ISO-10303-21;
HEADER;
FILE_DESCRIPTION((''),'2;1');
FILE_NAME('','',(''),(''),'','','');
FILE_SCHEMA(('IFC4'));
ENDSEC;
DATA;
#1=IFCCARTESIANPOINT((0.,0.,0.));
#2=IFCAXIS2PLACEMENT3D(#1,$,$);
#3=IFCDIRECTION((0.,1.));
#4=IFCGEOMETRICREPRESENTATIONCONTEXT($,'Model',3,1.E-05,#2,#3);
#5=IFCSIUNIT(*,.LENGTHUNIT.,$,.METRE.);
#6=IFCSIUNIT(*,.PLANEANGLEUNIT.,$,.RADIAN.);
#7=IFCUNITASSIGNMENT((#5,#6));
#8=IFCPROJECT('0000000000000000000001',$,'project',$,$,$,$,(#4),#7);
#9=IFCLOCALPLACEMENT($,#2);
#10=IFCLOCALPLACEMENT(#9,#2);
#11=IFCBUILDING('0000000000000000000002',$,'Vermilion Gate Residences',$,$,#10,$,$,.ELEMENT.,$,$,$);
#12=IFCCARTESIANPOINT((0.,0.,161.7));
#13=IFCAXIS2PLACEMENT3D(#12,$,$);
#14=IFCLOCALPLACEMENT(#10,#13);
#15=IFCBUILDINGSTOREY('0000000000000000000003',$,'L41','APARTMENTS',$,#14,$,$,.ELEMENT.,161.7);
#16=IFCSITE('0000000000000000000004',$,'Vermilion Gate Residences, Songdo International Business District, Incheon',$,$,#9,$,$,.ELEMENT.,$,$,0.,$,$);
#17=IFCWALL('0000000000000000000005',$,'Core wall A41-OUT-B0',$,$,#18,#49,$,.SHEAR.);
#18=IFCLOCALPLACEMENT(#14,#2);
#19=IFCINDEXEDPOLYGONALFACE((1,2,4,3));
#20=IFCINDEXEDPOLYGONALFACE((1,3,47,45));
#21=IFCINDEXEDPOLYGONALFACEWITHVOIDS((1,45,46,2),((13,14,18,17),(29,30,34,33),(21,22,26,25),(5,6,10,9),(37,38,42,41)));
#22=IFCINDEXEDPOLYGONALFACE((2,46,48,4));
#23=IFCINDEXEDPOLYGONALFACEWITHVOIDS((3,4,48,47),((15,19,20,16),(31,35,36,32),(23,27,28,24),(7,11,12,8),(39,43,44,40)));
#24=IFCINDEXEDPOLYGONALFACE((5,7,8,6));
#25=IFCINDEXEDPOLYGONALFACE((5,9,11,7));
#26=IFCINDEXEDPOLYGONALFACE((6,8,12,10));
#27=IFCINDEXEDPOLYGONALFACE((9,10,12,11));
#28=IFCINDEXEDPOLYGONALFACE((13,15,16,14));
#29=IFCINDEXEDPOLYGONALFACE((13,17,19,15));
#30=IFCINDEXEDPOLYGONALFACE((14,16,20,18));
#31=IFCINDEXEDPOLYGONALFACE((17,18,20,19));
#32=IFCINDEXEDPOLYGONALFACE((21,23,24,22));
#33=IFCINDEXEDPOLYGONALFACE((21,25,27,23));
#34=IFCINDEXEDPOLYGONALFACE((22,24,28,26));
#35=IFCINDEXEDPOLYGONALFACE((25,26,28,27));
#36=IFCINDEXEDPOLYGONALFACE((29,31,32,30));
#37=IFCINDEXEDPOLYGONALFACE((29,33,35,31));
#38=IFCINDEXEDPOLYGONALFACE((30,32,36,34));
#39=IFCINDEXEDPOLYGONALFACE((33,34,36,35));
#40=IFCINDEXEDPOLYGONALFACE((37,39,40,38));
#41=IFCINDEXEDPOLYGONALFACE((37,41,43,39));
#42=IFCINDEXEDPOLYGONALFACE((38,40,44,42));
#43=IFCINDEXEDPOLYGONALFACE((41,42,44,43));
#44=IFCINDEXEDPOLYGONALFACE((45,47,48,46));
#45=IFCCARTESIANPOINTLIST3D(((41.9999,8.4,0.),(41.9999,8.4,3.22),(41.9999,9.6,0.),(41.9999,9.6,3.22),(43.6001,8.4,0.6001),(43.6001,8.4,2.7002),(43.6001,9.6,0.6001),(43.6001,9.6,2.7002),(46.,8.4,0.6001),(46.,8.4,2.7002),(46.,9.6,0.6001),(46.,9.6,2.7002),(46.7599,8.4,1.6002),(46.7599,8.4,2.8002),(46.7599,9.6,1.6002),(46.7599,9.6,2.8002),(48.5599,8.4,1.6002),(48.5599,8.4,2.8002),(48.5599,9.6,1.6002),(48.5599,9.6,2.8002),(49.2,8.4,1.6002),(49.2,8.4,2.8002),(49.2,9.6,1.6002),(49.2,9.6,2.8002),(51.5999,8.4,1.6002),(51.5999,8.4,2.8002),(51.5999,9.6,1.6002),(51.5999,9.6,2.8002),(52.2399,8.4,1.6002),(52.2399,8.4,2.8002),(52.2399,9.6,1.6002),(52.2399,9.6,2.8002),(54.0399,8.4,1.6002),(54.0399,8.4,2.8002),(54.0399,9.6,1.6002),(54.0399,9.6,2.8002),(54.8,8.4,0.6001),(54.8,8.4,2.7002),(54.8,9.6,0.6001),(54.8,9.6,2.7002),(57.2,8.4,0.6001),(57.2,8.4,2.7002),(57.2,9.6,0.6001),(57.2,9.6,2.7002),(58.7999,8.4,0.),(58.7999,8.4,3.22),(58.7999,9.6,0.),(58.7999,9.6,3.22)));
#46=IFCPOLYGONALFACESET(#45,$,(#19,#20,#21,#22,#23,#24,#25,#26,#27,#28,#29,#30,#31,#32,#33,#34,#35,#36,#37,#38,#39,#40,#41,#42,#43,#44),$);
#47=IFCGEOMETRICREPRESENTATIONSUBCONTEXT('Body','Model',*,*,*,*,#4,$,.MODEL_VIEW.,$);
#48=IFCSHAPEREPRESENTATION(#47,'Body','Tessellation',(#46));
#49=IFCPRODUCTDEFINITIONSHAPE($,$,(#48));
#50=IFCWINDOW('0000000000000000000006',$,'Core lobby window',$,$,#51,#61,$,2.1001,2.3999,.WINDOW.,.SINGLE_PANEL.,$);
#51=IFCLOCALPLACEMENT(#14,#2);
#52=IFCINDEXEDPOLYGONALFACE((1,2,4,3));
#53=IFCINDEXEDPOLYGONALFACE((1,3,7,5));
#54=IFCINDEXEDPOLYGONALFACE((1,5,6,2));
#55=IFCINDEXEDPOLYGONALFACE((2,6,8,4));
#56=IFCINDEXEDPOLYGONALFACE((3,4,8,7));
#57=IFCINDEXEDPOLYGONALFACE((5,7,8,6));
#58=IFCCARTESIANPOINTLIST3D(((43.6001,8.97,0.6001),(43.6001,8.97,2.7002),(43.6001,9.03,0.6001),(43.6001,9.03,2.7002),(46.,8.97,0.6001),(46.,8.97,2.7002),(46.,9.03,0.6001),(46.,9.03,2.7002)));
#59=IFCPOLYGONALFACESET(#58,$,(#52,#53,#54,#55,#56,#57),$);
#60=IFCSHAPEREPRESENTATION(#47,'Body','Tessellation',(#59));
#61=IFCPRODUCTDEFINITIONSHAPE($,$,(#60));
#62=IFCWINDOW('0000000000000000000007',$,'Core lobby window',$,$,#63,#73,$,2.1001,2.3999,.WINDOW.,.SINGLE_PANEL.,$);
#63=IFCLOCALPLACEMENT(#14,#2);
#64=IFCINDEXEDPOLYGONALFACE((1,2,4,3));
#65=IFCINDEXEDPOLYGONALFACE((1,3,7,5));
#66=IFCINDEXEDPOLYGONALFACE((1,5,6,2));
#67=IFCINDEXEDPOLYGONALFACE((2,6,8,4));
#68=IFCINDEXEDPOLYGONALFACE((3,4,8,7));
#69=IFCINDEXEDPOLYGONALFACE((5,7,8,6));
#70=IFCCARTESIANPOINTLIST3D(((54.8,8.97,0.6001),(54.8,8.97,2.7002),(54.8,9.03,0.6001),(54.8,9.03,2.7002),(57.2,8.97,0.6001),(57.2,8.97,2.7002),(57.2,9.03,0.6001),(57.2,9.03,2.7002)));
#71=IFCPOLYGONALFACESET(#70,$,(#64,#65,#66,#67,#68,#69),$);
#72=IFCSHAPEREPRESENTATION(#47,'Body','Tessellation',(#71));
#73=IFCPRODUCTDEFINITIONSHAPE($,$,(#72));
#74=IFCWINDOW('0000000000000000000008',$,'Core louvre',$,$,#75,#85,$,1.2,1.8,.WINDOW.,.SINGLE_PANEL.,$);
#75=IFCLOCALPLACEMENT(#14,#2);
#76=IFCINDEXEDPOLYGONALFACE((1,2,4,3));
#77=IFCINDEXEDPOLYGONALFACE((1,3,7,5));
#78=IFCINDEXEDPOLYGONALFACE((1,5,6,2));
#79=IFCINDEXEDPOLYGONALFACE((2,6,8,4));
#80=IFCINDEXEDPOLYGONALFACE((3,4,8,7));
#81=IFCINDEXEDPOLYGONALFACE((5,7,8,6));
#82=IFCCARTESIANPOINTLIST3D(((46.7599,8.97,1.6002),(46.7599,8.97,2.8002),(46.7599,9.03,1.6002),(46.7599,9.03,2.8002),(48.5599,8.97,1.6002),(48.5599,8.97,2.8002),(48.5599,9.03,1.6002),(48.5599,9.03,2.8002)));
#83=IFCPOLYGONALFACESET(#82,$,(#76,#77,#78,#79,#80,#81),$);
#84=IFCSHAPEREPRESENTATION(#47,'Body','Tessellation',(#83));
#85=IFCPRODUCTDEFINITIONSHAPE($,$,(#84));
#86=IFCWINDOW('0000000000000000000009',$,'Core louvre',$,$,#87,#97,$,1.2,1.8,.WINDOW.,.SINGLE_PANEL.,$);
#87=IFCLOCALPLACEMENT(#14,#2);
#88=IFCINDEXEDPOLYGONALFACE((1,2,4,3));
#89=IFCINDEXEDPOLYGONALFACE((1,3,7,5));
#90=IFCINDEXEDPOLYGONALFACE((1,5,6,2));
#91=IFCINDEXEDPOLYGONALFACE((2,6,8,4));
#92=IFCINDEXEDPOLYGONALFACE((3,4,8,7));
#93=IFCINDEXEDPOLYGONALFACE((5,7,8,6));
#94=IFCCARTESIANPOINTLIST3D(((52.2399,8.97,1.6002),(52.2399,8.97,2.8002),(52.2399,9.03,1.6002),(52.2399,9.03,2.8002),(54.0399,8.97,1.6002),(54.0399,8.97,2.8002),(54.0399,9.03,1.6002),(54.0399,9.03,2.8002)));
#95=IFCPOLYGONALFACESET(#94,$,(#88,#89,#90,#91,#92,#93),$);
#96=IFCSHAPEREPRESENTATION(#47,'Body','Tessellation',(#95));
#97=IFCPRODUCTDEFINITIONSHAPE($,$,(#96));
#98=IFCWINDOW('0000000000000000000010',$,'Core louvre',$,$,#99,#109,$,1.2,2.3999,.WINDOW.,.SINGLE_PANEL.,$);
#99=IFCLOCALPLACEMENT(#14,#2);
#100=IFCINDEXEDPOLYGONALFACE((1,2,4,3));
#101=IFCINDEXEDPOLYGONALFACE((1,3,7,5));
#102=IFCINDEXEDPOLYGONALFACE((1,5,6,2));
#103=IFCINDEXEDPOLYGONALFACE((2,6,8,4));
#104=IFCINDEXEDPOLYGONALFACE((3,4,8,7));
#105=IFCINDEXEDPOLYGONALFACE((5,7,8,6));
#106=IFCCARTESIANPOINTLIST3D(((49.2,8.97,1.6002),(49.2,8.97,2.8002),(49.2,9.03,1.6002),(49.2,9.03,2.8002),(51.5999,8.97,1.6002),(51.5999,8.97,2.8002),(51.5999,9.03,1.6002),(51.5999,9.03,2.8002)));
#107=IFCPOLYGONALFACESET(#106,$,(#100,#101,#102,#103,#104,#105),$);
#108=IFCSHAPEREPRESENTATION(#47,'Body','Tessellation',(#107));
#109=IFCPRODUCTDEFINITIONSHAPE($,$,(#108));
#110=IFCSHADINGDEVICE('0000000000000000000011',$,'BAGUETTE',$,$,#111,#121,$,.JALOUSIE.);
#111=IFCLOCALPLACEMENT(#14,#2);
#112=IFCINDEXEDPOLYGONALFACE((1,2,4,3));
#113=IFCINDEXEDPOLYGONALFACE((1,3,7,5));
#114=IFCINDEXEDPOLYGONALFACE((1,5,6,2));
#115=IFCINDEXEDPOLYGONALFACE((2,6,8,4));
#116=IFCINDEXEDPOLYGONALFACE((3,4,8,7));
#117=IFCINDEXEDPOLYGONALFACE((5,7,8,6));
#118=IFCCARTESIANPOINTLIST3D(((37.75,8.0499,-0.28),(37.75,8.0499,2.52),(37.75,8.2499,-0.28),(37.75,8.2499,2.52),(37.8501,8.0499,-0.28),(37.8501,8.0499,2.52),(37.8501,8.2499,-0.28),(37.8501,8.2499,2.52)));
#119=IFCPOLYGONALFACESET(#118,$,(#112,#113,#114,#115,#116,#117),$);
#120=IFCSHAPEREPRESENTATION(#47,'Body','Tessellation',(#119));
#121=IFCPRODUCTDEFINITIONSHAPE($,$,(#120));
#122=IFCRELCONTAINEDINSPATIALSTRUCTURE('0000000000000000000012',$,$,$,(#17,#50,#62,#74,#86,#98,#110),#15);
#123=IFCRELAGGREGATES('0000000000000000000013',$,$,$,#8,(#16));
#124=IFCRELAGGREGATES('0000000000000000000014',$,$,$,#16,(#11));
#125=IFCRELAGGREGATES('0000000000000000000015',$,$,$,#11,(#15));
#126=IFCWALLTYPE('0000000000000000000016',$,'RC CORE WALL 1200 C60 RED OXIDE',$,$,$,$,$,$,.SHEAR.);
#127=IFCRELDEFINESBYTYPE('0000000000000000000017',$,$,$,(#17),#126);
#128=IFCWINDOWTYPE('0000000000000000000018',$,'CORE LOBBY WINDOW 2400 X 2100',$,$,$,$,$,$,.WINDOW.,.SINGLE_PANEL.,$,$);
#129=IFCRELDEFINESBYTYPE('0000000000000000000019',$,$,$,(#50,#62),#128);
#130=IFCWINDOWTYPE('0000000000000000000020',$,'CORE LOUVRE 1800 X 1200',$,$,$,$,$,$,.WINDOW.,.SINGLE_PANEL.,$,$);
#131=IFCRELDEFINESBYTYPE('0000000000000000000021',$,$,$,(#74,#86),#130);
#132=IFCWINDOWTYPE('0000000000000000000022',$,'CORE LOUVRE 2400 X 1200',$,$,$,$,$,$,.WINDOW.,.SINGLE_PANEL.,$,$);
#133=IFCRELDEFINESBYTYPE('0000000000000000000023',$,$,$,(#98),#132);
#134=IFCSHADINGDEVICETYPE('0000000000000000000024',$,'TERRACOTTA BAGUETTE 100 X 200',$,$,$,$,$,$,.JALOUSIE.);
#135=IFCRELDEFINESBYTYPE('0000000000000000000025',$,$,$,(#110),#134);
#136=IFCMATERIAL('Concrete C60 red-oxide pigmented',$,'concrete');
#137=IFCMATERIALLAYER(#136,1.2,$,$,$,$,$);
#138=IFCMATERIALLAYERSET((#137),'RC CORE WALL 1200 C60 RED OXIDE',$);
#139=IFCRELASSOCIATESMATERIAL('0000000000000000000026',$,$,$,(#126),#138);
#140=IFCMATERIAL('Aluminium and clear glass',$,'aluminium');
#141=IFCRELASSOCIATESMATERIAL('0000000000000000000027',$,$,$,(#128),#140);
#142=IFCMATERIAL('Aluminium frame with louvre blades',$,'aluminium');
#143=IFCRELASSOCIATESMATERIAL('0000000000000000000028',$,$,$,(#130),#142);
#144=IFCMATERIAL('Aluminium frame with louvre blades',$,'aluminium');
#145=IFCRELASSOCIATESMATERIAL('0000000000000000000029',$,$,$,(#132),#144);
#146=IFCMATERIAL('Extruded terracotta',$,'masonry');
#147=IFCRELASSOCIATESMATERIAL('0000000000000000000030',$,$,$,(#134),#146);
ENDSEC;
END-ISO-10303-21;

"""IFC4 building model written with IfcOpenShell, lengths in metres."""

from ifc_helpers import new_model, si_unit, direction, frame, frame_2d, origin, origin_2d, place, context, subcontext, project, spatial, rectangle, extrude, material, layer, layer_set, material_profile, profile_set, type_object, element, fill, save


model = new_model("IFC4")

# Units and contexts
model_context = context("Model", 3, precision=1e-05, world=origin(), true_north=direction((0.0, 1.0)))
body_context = subcontext(model_context, "Body", "Model", "MODEL_VIEW")
ifc_project = project(units=[si_unit("LENGTHUNIT", "METRE"), si_unit("PLANEANGLEUNIT", "RADIAN")], contexts=[model_context])

# Site, building, storey
site_placement = place(None, origin())
site = spatial("IfcSite", under=ifc_project, at=site_placement, Name="Vermilion Gate Residences, Songdo International Business District, Incheon", CompositionType="ELEMENT", RefElevation=0.0)
building_placement = place(site_placement, origin())
building = spatial("IfcBuilding", under=site, at=building_placement, Name="Vermilion Gate Residences", CompositionType="ELEMENT")
storey_placement = place(building_placement, frame((0.0, 0.0, 161.7)))
storey = spatial("IfcBuildingStorey", under=building, at=storey_placement, Name="L41", Description="APARTMENTS", CompositionType="ELEMENT", Elevation=161.7)

# Wall, openings, windows
ifc_material_1 = material(Name="Concrete C60 red-oxide pigmented", Category="concrete")
ifc_layer_1 = layer(ifc_material_1, 1.2)
ifc_layer_set_1 = layer_set([ifc_layer_1], Name="RC CORE WALL 1200 C60 RED OXIDE")
wall_type_1 = type_object("IfcWallType", Name="RC CORE WALL 1200 C60 RED OXIDE", PredefinedType="SHEAR", material=ifc_layer_set_1)
wall_1_placement = place(storey_placement, frame((42.0, 9.0, 0.0), z_axis=(0.0, 0.0, 1.0), x_axis=(1.0, 0.0, 0.0)))
wall_1 = element("IfcWall", 1, at=wall_1_placement, inside=storey, type_object=wall_type_1, Name="Core wall A41-OUT-B0", PredefinedType="SHEAR", context=body_context, shape_type="SweptSolid", body=[
    extrude(rectangle(XDim=16.8, YDim=1.2, at=frame_2d((8.3999, 0.0))), origin(), (0.0, 0.0, 1.0), 3.22),
])
opening_1_placement = place(wall_1_placement, frame((1.6001, 0.0, 0.6001)))
opening_1 = element("IfcOpeningElement", 2, at=opening_1_placement, cuts=wall_1, PredefinedType="OPENING", context=body_context, shape_type="SweptSolid", body=[
    extrude(rectangle(XDim=2.3999, YDim=2.1001, at=frame_2d((1.2, 1.05))), frame((0.0, 0.6099, 0.0), z_axis=(0.0, -1.0, 0.0), x_axis=(1.0, 0.0, 0.0)), (0.0, 0.0, 1.0), 1.22),
])
opening_2_placement = place(wall_1_placement, frame((4.76, 0.0, 1.6001)))
opening_2 = element("IfcOpeningElement", 3, at=opening_2_placement, cuts=wall_1, PredefinedType="OPENING", context=body_context, shape_type="SweptSolid", body=[
    extrude(rectangle(XDim=1.8, YDim=1.2, at=frame_2d((0.8999, 0.6001))), frame((0.0, 0.6099, 0.0), z_axis=(0.0, -1.0, 0.0), x_axis=(1.0, 0.0, 0.0)), (0.0, 0.0, 1.0), 1.22),
])
opening_3_placement = place(wall_1_placement, frame((7.2, 0.0, 1.6001)))
opening_3 = element("IfcOpeningElement", 4, at=opening_3_placement, cuts=wall_1, PredefinedType="OPENING", context=body_context, shape_type="SweptSolid", body=[
    extrude(rectangle(XDim=2.3999, YDim=1.2, at=frame_2d((1.2, 0.6001))), frame((0.0, 0.6099, 0.0), z_axis=(0.0, -1.0, 0.0), x_axis=(1.0, 0.0, 0.0)), (0.0, 0.0, 1.0), 1.22),
])
opening_4_placement = place(wall_1_placement, frame((10.24, 0.0, 1.6001)))
opening_4 = element("IfcOpeningElement", 5, at=opening_4_placement, cuts=wall_1, PredefinedType="OPENING", context=body_context, shape_type="SweptSolid", body=[
    extrude(rectangle(XDim=1.8, YDim=1.2, at=frame_2d((0.8999, 0.6001))), frame((0.0, 0.6099, 0.0), z_axis=(0.0, -1.0, 0.0), x_axis=(1.0, 0.0, 0.0)), (0.0, 0.0, 1.0), 1.22),
])
opening_5_placement = place(wall_1_placement, frame((12.8, 0.0, 0.6001)))
opening_5 = element("IfcOpeningElement", 6, at=opening_5_placement, cuts=wall_1, PredefinedType="OPENING", context=body_context, shape_type="SweptSolid", body=[
    extrude(rectangle(XDim=2.3999, YDim=2.1001, at=frame_2d((1.2, 1.05))), frame((0.0, 0.6099, 0.0), z_axis=(0.0, -1.0, 0.0), x_axis=(1.0, 0.0, 0.0)), (0.0, 0.0, 1.0), 1.22),
])
ifc_material_2 = material(Name="Aluminium and clear glass", Category="aluminium")
window_type_1 = type_object("IfcWindowType", Name="CORE LOBBY WINDOW 2400 X 2100", PartitioningType="SINGLE_PANEL", PredefinedType="WINDOW", material=ifc_material_2)
window_1_placement = place(opening_1_placement, origin())
window_1 = element("IfcWindow", 7, at=window_1_placement, inside=storey, type_object=window_type_1, Name="Core lobby window", OverallHeight=2.1001, OverallWidth=2.3999, PartitioningType="SINGLE_PANEL", PredefinedType="WINDOW", context=body_context, shape_type="SweptSolid", body=[
    extrude(rectangle(XDim=2.3999, YDim=2.1001, at=frame_2d((1.2, 1.05))), frame((0.0, 0.03, 0.0), z_axis=(0.0, -1.0, 0.0), x_axis=(1.0, 0.0, 0.0)), (0.0, 0.0, 1.0), 0.0601),
])
fill(opening_1, window_1)
window_2_placement = place(opening_5_placement, origin())
window_2 = element("IfcWindow", 8, at=window_2_placement, inside=storey, type_object=window_type_1, Name="Core lobby window", OverallHeight=2.1001, OverallWidth=2.3999, PartitioningType="SINGLE_PANEL", PredefinedType="WINDOW", context=body_context, shape_type="SweptSolid", body=[
    extrude(rectangle(XDim=2.3999, YDim=2.1001, at=frame_2d((1.2, 1.05))), frame((0.0, 0.03, 0.0), z_axis=(0.0, -1.0, 0.0), x_axis=(1.0, 0.0, 0.0)), (0.0, 0.0, 1.0), 0.0601),
])
fill(opening_5, window_2)
ifc_material_3 = material(Name="Aluminium frame with louvre blades", Category="aluminium")
window_type_2 = type_object("IfcWindowType", Name="CORE LOUVRE 1800 X 1200", PartitioningType="SINGLE_PANEL", PredefinedType="WINDOW", material=ifc_material_3)
window_3_placement = place(opening_2_placement, origin())
window_3 = element("IfcWindow", 9, at=window_3_placement, inside=storey, type_object=window_type_2, Name="Core louvre", OverallHeight=1.2, OverallWidth=1.8, PartitioningType="SINGLE_PANEL", PredefinedType="WINDOW", context=body_context, shape_type="SweptSolid", body=[
    extrude(rectangle(XDim=1.8, YDim=1.2, at=frame_2d((0.8999, 0.6001))), frame((0.0, 0.03, 0.0), z_axis=(0.0, -1.0, 0.0), x_axis=(1.0, 0.0, 0.0)), (0.0, 0.0, 1.0), 0.0601),
])
fill(opening_2, window_3)
window_4_placement = place(opening_4_placement, origin())
window_4 = element("IfcWindow", 10, at=window_4_placement, inside=storey, type_object=window_type_2, Name="Core louvre", OverallHeight=1.2, OverallWidth=1.8, PartitioningType="SINGLE_PANEL", PredefinedType="WINDOW", context=body_context, shape_type="SweptSolid", body=[
    extrude(rectangle(XDim=1.8, YDim=1.2, at=frame_2d((0.8999, 0.6001))), frame((0.0, 0.03, 0.0), z_axis=(0.0, -1.0, 0.0), x_axis=(1.0, 0.0, 0.0)), (0.0, 0.0, 1.0), 0.0601),
])
fill(opening_4, window_4)
ifc_material_4 = material(Name="Aluminium frame with louvre blades", Category="aluminium")
window_type_3 = type_object("IfcWindowType", Name="CORE LOUVRE 2400 X 1200", PartitioningType="SINGLE_PANEL", PredefinedType="WINDOW", material=ifc_material_4)
window_5_placement = place(opening_3_placement, origin())
window_5 = element("IfcWindow", 11, at=window_5_placement, inside=storey, type_object=window_type_3, Name="Core louvre", OverallHeight=1.2, OverallWidth=2.3999, PartitioningType="SINGLE_PANEL", PredefinedType="WINDOW", context=body_context, shape_type="SweptSolid", body=[
    extrude(rectangle(XDim=2.3999, YDim=1.2, at=frame_2d((1.2, 0.6001))), frame((0.0, 0.03, 0.0), z_axis=(0.0, -1.0, 0.0), x_axis=(1.0, 0.0, 0.0)), (0.0, 0.0, 1.0), 0.0601),
])
fill(opening_3, window_5)

# Shading device
ifc_material_5 = material(Name="Extruded terracotta", Category="masonry")
ifc_material_profile_1 = material_profile(ifc_material_5, rectangle(XDim=0.2, YDim=0.1001, at=origin_2d()), Name="BAGUETTE 100 X 200")
ifc_profile_set_1 = profile_set([ifc_material_profile_1], Name="Extruded terracotta")
shading_device_type = type_object("IfcShadingDeviceType", Name="TERRACOTTA BAGUETTE 100 X 200", PredefinedType="JALOUSIE", material=ifc_profile_set_1)
shading_device_placement = place(storey_placement, frame((37.8, 8.1499, -0.28), z_axis=(0.0, 0.0, 1.0), x_axis=(0.0, 1.0, 0.0)))
element("IfcShadingDevice", 12, at=shading_device_placement, inside=storey, type_object=shading_device_type, Name="BAGUETTE", PredefinedType="JALOUSIE", context=body_context, shape_type="SweptSolid", body=[
    extrude(rectangle(XDim=0.2, YDim=0.1001, at=origin_2d()), origin(), (0.0, 0.0, 1.0), 2.8),
])

save(model, "model.ifc")
